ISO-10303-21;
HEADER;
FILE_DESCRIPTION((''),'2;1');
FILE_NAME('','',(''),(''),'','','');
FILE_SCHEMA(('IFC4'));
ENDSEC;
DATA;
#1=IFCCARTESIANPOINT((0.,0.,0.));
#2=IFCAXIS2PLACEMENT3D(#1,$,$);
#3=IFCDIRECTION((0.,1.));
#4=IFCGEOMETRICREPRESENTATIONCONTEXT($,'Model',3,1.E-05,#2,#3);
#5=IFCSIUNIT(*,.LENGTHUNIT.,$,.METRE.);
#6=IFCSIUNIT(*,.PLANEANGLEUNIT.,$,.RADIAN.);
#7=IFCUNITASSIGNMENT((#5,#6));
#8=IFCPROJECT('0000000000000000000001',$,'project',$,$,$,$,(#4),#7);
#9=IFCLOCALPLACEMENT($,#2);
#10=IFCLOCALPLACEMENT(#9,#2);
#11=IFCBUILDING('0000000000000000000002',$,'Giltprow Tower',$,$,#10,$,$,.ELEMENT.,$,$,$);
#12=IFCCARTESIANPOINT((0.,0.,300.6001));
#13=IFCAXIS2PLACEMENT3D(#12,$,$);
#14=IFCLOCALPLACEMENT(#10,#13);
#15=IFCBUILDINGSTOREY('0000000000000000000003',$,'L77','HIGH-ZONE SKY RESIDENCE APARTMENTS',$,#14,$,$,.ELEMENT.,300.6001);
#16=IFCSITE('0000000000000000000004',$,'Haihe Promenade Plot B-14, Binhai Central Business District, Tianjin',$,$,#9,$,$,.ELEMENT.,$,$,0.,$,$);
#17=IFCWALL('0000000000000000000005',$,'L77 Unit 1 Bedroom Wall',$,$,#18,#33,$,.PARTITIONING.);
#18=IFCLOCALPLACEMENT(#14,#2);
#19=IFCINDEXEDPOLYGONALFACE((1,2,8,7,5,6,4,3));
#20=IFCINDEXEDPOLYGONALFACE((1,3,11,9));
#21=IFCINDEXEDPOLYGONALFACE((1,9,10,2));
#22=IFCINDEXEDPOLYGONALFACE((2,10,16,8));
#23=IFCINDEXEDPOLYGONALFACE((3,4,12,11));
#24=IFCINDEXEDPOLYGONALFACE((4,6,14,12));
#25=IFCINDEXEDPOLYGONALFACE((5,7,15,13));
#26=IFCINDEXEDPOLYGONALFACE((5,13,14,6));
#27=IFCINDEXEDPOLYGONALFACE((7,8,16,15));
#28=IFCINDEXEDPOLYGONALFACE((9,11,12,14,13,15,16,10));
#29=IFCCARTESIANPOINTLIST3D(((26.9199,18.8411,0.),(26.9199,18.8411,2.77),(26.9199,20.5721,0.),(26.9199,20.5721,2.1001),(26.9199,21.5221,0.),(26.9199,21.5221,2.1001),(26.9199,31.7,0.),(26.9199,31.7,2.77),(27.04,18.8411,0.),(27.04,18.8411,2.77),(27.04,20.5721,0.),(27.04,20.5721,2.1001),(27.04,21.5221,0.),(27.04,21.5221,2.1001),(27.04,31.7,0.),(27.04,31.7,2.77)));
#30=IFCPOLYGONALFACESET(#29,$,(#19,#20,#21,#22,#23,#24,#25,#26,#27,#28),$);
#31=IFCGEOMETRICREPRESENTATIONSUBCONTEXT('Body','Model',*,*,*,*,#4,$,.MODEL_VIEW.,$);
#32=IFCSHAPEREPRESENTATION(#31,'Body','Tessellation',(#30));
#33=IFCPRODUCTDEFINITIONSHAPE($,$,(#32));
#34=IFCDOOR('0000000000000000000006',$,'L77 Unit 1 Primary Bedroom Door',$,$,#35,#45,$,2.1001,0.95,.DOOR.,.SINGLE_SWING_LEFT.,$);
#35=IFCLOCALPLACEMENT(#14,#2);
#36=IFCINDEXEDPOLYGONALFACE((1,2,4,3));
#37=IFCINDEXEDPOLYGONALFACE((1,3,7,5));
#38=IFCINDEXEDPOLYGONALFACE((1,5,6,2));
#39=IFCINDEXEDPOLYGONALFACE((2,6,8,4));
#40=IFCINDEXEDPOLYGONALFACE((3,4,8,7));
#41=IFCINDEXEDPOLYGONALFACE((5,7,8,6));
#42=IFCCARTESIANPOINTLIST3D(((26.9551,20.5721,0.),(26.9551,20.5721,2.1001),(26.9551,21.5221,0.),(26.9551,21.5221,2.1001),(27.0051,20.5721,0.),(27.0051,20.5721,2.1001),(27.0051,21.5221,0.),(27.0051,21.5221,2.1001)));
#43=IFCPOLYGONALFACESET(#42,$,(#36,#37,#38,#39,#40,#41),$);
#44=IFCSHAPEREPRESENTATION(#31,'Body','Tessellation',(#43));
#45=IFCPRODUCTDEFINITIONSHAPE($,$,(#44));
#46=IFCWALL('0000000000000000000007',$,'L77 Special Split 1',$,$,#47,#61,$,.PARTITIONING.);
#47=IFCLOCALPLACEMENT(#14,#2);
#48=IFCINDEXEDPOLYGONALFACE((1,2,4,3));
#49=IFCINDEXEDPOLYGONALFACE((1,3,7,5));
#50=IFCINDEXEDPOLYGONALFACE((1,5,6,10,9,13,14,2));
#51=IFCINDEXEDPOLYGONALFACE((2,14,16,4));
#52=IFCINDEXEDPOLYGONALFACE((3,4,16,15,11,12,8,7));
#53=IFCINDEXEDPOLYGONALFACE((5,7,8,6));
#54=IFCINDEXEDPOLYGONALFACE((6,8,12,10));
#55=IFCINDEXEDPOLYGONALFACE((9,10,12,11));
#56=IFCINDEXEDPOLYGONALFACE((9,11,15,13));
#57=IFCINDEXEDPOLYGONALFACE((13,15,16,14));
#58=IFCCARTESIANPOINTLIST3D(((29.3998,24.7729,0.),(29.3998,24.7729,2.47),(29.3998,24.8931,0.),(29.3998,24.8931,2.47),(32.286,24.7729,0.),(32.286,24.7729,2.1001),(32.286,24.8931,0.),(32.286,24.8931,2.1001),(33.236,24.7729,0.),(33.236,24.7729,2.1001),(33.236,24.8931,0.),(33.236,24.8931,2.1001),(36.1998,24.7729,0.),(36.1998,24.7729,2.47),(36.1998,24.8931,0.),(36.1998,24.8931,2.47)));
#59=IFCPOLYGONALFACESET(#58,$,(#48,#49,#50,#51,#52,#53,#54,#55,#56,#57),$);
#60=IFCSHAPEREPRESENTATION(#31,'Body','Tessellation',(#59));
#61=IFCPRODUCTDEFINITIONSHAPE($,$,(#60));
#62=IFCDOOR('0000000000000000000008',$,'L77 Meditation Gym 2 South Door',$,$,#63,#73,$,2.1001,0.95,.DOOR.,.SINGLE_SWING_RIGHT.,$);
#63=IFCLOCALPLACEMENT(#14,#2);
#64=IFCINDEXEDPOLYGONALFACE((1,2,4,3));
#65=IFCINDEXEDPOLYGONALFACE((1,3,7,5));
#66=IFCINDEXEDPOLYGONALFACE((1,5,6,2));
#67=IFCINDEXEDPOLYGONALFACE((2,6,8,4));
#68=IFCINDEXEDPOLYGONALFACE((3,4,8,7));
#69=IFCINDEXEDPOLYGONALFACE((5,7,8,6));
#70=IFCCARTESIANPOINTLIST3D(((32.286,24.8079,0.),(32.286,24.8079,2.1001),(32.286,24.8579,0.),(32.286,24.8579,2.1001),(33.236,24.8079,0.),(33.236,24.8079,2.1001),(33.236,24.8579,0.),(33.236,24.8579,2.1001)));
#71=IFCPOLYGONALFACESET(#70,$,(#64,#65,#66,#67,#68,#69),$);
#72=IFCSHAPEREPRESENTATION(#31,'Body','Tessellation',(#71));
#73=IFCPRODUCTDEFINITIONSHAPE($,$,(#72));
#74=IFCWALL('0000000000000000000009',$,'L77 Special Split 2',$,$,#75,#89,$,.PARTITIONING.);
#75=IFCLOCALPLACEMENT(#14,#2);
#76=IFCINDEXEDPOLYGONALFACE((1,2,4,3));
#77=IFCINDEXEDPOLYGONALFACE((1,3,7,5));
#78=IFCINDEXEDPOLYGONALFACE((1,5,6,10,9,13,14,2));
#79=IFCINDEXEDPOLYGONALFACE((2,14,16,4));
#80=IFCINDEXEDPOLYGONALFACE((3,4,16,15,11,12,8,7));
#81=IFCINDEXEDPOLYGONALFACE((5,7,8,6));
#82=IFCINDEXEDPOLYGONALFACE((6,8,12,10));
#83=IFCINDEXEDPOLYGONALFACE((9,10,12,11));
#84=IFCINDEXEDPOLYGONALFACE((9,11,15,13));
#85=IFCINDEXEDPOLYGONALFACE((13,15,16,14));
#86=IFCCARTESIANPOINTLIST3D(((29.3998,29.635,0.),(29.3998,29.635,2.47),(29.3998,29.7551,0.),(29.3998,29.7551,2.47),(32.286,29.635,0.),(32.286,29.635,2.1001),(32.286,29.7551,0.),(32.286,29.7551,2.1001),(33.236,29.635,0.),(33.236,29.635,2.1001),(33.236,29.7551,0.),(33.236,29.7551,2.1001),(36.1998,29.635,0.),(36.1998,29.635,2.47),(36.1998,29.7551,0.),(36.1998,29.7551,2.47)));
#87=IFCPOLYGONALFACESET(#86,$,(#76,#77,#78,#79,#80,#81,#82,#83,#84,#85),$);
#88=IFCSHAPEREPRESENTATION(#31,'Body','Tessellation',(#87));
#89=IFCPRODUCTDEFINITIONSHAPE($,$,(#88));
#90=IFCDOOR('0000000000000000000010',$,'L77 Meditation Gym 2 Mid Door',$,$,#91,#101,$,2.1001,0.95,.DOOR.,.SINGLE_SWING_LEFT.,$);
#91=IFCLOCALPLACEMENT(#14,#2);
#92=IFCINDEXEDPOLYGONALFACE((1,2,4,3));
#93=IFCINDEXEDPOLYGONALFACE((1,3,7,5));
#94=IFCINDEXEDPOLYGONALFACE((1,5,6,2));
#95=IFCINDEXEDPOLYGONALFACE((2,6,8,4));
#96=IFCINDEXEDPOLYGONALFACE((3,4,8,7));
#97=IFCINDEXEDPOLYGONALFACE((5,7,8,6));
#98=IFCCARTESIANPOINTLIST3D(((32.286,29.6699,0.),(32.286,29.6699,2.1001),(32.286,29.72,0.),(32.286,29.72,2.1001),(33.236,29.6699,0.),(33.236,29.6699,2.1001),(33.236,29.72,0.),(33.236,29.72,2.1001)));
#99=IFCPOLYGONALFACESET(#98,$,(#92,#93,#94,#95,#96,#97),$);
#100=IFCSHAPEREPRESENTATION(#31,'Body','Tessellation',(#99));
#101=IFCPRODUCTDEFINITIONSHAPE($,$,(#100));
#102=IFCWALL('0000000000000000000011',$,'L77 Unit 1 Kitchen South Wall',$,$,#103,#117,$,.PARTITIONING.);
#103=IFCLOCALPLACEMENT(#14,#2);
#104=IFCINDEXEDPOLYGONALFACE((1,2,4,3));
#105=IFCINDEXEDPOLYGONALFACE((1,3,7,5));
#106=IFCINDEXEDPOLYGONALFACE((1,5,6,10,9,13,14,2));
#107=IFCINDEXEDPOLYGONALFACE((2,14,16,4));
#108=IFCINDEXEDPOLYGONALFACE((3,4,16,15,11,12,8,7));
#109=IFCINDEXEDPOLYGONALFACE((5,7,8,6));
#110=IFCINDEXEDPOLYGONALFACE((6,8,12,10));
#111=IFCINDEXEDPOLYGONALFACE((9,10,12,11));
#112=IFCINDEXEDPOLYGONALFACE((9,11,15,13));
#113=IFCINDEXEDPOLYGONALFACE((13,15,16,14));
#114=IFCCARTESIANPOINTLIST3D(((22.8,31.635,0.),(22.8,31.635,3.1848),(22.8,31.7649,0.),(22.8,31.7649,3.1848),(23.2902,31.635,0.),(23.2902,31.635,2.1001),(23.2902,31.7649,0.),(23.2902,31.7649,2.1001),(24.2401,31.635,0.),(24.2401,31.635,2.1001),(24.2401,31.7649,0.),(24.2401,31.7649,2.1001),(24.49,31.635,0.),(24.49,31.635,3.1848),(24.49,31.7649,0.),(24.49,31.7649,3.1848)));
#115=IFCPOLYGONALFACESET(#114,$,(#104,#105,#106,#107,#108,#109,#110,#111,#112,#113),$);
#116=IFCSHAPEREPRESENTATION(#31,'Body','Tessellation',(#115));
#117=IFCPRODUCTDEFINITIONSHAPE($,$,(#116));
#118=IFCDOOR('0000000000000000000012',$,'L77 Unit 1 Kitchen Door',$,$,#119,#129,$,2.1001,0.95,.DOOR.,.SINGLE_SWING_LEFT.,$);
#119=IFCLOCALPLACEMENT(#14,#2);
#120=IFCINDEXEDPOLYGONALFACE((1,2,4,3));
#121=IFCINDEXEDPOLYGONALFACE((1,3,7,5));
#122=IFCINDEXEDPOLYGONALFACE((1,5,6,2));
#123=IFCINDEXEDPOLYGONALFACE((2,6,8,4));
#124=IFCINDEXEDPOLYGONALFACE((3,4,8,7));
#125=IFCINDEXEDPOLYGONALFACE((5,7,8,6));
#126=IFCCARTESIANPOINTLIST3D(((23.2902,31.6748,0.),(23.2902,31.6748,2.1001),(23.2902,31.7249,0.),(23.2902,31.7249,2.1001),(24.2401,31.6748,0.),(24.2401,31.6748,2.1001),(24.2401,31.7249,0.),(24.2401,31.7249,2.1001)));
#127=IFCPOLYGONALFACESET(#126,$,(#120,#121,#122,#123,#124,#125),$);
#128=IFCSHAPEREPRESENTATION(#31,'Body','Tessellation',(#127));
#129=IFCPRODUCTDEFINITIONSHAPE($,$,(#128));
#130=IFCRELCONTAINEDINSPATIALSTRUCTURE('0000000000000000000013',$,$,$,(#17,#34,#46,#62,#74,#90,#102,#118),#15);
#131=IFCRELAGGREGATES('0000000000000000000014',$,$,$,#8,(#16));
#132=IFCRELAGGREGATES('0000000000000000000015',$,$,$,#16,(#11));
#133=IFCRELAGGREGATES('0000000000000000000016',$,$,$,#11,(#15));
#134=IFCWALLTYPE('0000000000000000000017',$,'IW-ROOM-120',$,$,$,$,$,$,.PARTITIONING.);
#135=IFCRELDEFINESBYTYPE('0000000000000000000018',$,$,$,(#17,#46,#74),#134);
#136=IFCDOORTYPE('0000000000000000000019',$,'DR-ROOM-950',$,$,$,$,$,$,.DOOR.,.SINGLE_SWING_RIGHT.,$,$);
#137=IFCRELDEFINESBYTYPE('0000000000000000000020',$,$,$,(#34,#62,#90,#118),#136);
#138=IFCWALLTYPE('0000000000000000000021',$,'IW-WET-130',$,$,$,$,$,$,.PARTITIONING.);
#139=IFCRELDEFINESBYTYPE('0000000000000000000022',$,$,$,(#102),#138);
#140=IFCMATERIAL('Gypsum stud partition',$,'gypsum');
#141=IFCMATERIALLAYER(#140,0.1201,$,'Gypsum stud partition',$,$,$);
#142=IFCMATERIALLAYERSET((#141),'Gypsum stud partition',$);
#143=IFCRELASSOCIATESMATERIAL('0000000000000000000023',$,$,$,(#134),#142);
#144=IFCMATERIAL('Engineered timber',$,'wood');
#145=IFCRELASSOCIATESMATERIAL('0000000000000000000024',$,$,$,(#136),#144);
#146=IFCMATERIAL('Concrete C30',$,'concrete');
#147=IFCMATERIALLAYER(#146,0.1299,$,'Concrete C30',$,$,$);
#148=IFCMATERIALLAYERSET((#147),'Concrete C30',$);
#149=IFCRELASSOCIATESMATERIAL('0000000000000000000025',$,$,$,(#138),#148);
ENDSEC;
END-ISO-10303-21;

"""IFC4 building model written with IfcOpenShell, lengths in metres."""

from ifc_helpers import new_model, si_unit, direction, frame, frame_2d, origin, place, context, subcontext, project, spatial, rectangle, extrude, source, transform, mapped, material, layer, layer_set, type_object, element, fill, save


model = new_model("IFC4")

# Units and contexts
model_context = context("Model", 3, precision=1e-05, world=origin(), true_north=direction((0.0, 1.0)))
body_context = subcontext(model_context, "Body", "Model", "MODEL_VIEW")
ifc_project = project(units=[si_unit("LENGTHUNIT", "METRE"), si_unit("PLANEANGLEUNIT", "RADIAN")], contexts=[model_context])

# Site, building, storey
site_placement = place(None, origin())
site = spatial("IfcSite", under=ifc_project, at=site_placement, Name="Haihe Promenade Plot B-14, Binhai Central Business District, Tianjin", CompositionType="ELEMENT", RefElevation=0.0)
building_placement = place(site_placement, origin())
building = spatial("IfcBuilding", under=site, at=building_placement, Name="Giltprow Tower", CompositionType="ELEMENT")
storey_placement = place(building_placement, frame((0.0, 0.0, 300.6001)))
storey = spatial("IfcBuildingStorey", under=building, at=storey_placement, Name="L77", Description="HIGH-ZONE SKY RESIDENCE APARTMENTS", CompositionType="ELEMENT", Elevation=300.6001)

# Shared definitions
ifc_material_1 = material(Name="Gypsum stud partition", Category="gypsum")

# Walls, openings, doors
ifc_layer_1 = layer(ifc_material_1, 0.1201, Name="Gypsum stud partition")
ifc_layer_set_1 = layer_set([ifc_layer_1], Name="Gypsum stud partition")
wall_type_1 = type_object("IfcWallType", Name="IW-ROOM-120", PredefinedType="PARTITIONING", material=ifc_layer_set_1)
wall_1_placement = place(storey_placement, frame((26.98, 18.8411, 0.0), z_axis=(0.0, 0.0, 1.0), x_axis=(0.0, 1.0, 0.0)))
wall_1 = element("IfcWall", 1, at=wall_1_placement, inside=storey, type_object=wall_type_1, Name="L77 Unit 1 Bedroom Wall", PredefinedType="PARTITIONING", context=body_context, shape_type="SweptSolid", body=[
    extrude(rectangle(XDim=12.8589, YDim=0.1201, at=frame_2d((6.4294, 0.0))), origin(), (0.0, 0.0, 1.0), 2.77),
])
opening_1_placement = place(wall_1_placement, frame((1.731, 0.0, 0.0)))
opening_1 = element("IfcOpeningElement", 2, at=opening_1_placement, cuts=wall_1, PredefinedType="OPENING", context=body_context, shape_type="SweptSolid", body=[
    extrude(rectangle(XDim=0.95, YDim=2.1001, at=frame_2d((0.4751, 1.05))), frame((0.0, 0.0701, 0.0), z_axis=(0.0, -1.0, 0.0), x_axis=(1.0, 0.0, 0.0)), (0.0, 0.0, 1.0), 0.1401),
])
ifc_material_2 = material(Name="Engineered timber", Category="wood")
door_type_1 = type_object("IfcDoorType", Name="DR-ROOM-950", OperationType="SINGLE_SWING_RIGHT", PredefinedType="DOOR", material=ifc_material_2)
shared_shape_1 = source(origin(), body_context, "Body", "SweptSolid", [
    extrude(rectangle(XDim=0.95, YDim=2.1001, at=frame_2d((0.4751, 1.05))), frame((0.0, 0.0249, 0.0), z_axis=(0.0, -1.0, 0.0), x_axis=(1.0, 0.0, 0.0)), (0.0, 0.0, 1.0), 0.05),
])
door_1_placement = place(opening_1_placement, origin())
door_1 = element("IfcDoor", 3, at=door_1_placement, inside=storey, type_object=door_type_1, Name="L77 Unit 1 Primary Bedroom Door", OperationType="SINGLE_SWING_LEFT", OverallHeight=2.1001, OverallWidth=0.95, PredefinedType="DOOR", context=body_context, shape_type="MappedRepresentation", body=[
    mapped(shared_shape_1, transform((0.0, 0.0, 0.0), x_axis=(1.0, 0.0, 0.0), y_axis=(0.0, 1.0, 0.0), z_axis=(0.0, 0.0, 1.0), scale=1.0)),
])
fill(opening_1, door_1)
wall_2_placement = place(storey_placement, frame((29.3999, 24.833, 0.0), z_axis=(0.0, 0.0, 1.0), x_axis=(1.0, 0.0, 0.0)))
wall_2 = element("IfcWall", 4, at=wall_2_placement, inside=storey, type_object=wall_type_1, Name="L77 Special Split 1", PredefinedType="PARTITIONING", context=body_context, shape_type="SweptSolid", body=[
    extrude(rectangle(XDim=6.8, YDim=0.1201, at=frame_2d((3.3999, 0.0))), origin(), (0.0, 0.0, 1.0), 2.47),
])
opening_2_placement = place(wall_2_placement, frame((2.886, 0.0, 0.0)))
opening_2 = element("IfcOpeningElement", 5, at=opening_2_placement, cuts=wall_2, PredefinedType="OPENING", context=body_context, shape_type="SweptSolid", body=[
    extrude(rectangle(XDim=0.95, YDim=2.1001, at=frame_2d((0.4751, 1.05))), frame((0.0, 0.0701, 0.0), z_axis=(0.0, -1.0, 0.0), x_axis=(1.0, 0.0, 0.0)), (0.0, 0.0, 1.0), 0.1401),
])
door_2_placement = place(opening_2_placement, origin())
door_2 = element("IfcDoor", 6, at=door_2_placement, inside=storey, type_object=door_type_1, Name="L77 Meditation Gym 2 South Door", OperationType="SINGLE_SWING_RIGHT", OverallHeight=2.1001, OverallWidth=0.95, PredefinedType="DOOR", context=body_context, shape_type="MappedRepresentation", body=[
    mapped(shared_shape_1, transform((0.0, 0.0, 0.0), x_axis=(1.0, 0.0, 0.0), y_axis=(0.0, 1.0, 0.0), z_axis=(0.0, 0.0, 1.0), scale=1.0)),
])
fill(opening_2, door_2)
wall_3_placement = place(storey_placement, frame((29.3999, 29.6951, 0.0), z_axis=(0.0, 0.0, 1.0), x_axis=(1.0, 0.0, 0.0)))
wall_3 = element("IfcWall", 7, at=wall_3_placement, inside=storey, type_object=wall_type_1, Name="L77 Special Split 2", PredefinedType="PARTITIONING", context=body_context, shape_type="SweptSolid", body=[
    extrude(rectangle(XDim=6.8, YDim=0.1201, at=frame_2d((3.3999, 0.0))), origin(), (0.0, 0.0, 1.0), 2.47),
])
opening_3_placement = place(wall_3_placement, frame((2.886, 0.0, 0.0)))
opening_3 = element("IfcOpeningElement", 8, at=opening_3_placement, cuts=wall_3, PredefinedType="OPENING", context=body_context, shape_type="SweptSolid", body=[
    extrude(rectangle(XDim=0.95, YDim=2.1001, at=frame_2d((0.4751, 1.05))), frame((0.0, 0.0701, 0.0), z_axis=(0.0, -1.0, 0.0), x_axis=(1.0, 0.0, 0.0)), (0.0, 0.0, 1.0), 0.1401),
])
door_3_placement = place(opening_3_placement, origin())
door_3 = element("IfcDoor", 9, at=door_3_placement, inside=storey, type_object=door_type_1, Name="L77 Meditation Gym 2 Mid Door", OperationType="SINGLE_SWING_LEFT", OverallHeight=2.1001, OverallWidth=0.95, PredefinedType="DOOR", context=body_context, shape_type="MappedRepresentation", body=[
    mapped(shared_shape_1, transform((0.0, 0.0, 0.0), x_axis=(1.0, 0.0, 0.0), y_axis=(0.0, 1.0, 0.0), z_axis=(0.0, 0.0, 1.0), scale=1.0)),
])
fill(opening_3, door_3)
ifc_material_3 = material(Name="Concrete C30", Category="concrete")
ifc_layer_2 = layer(ifc_material_3, 0.1299, Name="Concrete C30")
ifc_layer_set_2 = layer_set([ifc_layer_2], Name="Concrete C30")
wall_type_2 = type_object("IfcWallType", Name="IW-WET-130", PredefinedType="PARTITIONING", material=ifc_layer_set_2)
wall_4_placement = place(storey_placement, frame((22.8, 31.7, 0.0), z_axis=(0.0, 0.0, 1.0), x_axis=(1.0, 0.0, 0.0)))
wall_4 = element("IfcWall", 10, at=wall_4_placement, inside=storey, type_object=wall_type_2, Name="L77 Unit 1 Kitchen South Wall", PredefinedType="PARTITIONING", context=body_context, shape_type="SweptSolid", body=[
    extrude(rectangle(XDim=1.6899, YDim=0.1299, at=frame_2d((0.845, 0.0))), origin(), (0.0, 0.0, 1.0), 3.1848),
])
opening_4_placement = place(wall_4_placement, frame((0.49, 0.0, 0.0)))
opening_4 = element("IfcOpeningElement", 11, at=opening_4_placement, cuts=wall_4, PredefinedType="OPENING", context=body_context, shape_type="SweptSolid", body=[
    extrude(rectangle(XDim=0.95, YDim=2.1001, at=frame_2d((0.4751, 1.05))), frame((0.0, 0.075, 0.0), z_axis=(0.0, -1.0, 0.0), x_axis=(1.0, 0.0, 0.0)), (0.0, 0.0, 1.0), 0.1499),
])
door_4_placement = place(opening_4_placement, origin())
door_4 = element("IfcDoor", 12, at=door_4_placement, inside=storey, type_object=door_type_1, Name="L77 Unit 1 Kitchen Door", OperationType="SINGLE_SWING_LEFT", OverallHeight=2.1001, OverallWidth=0.95, PredefinedType="DOOR", context=body_context, shape_type="MappedRepresentation", body=[
    mapped(shared_shape_1, transform((0.0, 0.0, 0.0), x_axis=(1.0, 0.0, 0.0), y_axis=(0.0, 1.0, 0.0), z_axis=(0.0, 0.0, 1.0), scale=1.0)),
])
fill(opening_4, door_4)

save(model, "model.ifc")
